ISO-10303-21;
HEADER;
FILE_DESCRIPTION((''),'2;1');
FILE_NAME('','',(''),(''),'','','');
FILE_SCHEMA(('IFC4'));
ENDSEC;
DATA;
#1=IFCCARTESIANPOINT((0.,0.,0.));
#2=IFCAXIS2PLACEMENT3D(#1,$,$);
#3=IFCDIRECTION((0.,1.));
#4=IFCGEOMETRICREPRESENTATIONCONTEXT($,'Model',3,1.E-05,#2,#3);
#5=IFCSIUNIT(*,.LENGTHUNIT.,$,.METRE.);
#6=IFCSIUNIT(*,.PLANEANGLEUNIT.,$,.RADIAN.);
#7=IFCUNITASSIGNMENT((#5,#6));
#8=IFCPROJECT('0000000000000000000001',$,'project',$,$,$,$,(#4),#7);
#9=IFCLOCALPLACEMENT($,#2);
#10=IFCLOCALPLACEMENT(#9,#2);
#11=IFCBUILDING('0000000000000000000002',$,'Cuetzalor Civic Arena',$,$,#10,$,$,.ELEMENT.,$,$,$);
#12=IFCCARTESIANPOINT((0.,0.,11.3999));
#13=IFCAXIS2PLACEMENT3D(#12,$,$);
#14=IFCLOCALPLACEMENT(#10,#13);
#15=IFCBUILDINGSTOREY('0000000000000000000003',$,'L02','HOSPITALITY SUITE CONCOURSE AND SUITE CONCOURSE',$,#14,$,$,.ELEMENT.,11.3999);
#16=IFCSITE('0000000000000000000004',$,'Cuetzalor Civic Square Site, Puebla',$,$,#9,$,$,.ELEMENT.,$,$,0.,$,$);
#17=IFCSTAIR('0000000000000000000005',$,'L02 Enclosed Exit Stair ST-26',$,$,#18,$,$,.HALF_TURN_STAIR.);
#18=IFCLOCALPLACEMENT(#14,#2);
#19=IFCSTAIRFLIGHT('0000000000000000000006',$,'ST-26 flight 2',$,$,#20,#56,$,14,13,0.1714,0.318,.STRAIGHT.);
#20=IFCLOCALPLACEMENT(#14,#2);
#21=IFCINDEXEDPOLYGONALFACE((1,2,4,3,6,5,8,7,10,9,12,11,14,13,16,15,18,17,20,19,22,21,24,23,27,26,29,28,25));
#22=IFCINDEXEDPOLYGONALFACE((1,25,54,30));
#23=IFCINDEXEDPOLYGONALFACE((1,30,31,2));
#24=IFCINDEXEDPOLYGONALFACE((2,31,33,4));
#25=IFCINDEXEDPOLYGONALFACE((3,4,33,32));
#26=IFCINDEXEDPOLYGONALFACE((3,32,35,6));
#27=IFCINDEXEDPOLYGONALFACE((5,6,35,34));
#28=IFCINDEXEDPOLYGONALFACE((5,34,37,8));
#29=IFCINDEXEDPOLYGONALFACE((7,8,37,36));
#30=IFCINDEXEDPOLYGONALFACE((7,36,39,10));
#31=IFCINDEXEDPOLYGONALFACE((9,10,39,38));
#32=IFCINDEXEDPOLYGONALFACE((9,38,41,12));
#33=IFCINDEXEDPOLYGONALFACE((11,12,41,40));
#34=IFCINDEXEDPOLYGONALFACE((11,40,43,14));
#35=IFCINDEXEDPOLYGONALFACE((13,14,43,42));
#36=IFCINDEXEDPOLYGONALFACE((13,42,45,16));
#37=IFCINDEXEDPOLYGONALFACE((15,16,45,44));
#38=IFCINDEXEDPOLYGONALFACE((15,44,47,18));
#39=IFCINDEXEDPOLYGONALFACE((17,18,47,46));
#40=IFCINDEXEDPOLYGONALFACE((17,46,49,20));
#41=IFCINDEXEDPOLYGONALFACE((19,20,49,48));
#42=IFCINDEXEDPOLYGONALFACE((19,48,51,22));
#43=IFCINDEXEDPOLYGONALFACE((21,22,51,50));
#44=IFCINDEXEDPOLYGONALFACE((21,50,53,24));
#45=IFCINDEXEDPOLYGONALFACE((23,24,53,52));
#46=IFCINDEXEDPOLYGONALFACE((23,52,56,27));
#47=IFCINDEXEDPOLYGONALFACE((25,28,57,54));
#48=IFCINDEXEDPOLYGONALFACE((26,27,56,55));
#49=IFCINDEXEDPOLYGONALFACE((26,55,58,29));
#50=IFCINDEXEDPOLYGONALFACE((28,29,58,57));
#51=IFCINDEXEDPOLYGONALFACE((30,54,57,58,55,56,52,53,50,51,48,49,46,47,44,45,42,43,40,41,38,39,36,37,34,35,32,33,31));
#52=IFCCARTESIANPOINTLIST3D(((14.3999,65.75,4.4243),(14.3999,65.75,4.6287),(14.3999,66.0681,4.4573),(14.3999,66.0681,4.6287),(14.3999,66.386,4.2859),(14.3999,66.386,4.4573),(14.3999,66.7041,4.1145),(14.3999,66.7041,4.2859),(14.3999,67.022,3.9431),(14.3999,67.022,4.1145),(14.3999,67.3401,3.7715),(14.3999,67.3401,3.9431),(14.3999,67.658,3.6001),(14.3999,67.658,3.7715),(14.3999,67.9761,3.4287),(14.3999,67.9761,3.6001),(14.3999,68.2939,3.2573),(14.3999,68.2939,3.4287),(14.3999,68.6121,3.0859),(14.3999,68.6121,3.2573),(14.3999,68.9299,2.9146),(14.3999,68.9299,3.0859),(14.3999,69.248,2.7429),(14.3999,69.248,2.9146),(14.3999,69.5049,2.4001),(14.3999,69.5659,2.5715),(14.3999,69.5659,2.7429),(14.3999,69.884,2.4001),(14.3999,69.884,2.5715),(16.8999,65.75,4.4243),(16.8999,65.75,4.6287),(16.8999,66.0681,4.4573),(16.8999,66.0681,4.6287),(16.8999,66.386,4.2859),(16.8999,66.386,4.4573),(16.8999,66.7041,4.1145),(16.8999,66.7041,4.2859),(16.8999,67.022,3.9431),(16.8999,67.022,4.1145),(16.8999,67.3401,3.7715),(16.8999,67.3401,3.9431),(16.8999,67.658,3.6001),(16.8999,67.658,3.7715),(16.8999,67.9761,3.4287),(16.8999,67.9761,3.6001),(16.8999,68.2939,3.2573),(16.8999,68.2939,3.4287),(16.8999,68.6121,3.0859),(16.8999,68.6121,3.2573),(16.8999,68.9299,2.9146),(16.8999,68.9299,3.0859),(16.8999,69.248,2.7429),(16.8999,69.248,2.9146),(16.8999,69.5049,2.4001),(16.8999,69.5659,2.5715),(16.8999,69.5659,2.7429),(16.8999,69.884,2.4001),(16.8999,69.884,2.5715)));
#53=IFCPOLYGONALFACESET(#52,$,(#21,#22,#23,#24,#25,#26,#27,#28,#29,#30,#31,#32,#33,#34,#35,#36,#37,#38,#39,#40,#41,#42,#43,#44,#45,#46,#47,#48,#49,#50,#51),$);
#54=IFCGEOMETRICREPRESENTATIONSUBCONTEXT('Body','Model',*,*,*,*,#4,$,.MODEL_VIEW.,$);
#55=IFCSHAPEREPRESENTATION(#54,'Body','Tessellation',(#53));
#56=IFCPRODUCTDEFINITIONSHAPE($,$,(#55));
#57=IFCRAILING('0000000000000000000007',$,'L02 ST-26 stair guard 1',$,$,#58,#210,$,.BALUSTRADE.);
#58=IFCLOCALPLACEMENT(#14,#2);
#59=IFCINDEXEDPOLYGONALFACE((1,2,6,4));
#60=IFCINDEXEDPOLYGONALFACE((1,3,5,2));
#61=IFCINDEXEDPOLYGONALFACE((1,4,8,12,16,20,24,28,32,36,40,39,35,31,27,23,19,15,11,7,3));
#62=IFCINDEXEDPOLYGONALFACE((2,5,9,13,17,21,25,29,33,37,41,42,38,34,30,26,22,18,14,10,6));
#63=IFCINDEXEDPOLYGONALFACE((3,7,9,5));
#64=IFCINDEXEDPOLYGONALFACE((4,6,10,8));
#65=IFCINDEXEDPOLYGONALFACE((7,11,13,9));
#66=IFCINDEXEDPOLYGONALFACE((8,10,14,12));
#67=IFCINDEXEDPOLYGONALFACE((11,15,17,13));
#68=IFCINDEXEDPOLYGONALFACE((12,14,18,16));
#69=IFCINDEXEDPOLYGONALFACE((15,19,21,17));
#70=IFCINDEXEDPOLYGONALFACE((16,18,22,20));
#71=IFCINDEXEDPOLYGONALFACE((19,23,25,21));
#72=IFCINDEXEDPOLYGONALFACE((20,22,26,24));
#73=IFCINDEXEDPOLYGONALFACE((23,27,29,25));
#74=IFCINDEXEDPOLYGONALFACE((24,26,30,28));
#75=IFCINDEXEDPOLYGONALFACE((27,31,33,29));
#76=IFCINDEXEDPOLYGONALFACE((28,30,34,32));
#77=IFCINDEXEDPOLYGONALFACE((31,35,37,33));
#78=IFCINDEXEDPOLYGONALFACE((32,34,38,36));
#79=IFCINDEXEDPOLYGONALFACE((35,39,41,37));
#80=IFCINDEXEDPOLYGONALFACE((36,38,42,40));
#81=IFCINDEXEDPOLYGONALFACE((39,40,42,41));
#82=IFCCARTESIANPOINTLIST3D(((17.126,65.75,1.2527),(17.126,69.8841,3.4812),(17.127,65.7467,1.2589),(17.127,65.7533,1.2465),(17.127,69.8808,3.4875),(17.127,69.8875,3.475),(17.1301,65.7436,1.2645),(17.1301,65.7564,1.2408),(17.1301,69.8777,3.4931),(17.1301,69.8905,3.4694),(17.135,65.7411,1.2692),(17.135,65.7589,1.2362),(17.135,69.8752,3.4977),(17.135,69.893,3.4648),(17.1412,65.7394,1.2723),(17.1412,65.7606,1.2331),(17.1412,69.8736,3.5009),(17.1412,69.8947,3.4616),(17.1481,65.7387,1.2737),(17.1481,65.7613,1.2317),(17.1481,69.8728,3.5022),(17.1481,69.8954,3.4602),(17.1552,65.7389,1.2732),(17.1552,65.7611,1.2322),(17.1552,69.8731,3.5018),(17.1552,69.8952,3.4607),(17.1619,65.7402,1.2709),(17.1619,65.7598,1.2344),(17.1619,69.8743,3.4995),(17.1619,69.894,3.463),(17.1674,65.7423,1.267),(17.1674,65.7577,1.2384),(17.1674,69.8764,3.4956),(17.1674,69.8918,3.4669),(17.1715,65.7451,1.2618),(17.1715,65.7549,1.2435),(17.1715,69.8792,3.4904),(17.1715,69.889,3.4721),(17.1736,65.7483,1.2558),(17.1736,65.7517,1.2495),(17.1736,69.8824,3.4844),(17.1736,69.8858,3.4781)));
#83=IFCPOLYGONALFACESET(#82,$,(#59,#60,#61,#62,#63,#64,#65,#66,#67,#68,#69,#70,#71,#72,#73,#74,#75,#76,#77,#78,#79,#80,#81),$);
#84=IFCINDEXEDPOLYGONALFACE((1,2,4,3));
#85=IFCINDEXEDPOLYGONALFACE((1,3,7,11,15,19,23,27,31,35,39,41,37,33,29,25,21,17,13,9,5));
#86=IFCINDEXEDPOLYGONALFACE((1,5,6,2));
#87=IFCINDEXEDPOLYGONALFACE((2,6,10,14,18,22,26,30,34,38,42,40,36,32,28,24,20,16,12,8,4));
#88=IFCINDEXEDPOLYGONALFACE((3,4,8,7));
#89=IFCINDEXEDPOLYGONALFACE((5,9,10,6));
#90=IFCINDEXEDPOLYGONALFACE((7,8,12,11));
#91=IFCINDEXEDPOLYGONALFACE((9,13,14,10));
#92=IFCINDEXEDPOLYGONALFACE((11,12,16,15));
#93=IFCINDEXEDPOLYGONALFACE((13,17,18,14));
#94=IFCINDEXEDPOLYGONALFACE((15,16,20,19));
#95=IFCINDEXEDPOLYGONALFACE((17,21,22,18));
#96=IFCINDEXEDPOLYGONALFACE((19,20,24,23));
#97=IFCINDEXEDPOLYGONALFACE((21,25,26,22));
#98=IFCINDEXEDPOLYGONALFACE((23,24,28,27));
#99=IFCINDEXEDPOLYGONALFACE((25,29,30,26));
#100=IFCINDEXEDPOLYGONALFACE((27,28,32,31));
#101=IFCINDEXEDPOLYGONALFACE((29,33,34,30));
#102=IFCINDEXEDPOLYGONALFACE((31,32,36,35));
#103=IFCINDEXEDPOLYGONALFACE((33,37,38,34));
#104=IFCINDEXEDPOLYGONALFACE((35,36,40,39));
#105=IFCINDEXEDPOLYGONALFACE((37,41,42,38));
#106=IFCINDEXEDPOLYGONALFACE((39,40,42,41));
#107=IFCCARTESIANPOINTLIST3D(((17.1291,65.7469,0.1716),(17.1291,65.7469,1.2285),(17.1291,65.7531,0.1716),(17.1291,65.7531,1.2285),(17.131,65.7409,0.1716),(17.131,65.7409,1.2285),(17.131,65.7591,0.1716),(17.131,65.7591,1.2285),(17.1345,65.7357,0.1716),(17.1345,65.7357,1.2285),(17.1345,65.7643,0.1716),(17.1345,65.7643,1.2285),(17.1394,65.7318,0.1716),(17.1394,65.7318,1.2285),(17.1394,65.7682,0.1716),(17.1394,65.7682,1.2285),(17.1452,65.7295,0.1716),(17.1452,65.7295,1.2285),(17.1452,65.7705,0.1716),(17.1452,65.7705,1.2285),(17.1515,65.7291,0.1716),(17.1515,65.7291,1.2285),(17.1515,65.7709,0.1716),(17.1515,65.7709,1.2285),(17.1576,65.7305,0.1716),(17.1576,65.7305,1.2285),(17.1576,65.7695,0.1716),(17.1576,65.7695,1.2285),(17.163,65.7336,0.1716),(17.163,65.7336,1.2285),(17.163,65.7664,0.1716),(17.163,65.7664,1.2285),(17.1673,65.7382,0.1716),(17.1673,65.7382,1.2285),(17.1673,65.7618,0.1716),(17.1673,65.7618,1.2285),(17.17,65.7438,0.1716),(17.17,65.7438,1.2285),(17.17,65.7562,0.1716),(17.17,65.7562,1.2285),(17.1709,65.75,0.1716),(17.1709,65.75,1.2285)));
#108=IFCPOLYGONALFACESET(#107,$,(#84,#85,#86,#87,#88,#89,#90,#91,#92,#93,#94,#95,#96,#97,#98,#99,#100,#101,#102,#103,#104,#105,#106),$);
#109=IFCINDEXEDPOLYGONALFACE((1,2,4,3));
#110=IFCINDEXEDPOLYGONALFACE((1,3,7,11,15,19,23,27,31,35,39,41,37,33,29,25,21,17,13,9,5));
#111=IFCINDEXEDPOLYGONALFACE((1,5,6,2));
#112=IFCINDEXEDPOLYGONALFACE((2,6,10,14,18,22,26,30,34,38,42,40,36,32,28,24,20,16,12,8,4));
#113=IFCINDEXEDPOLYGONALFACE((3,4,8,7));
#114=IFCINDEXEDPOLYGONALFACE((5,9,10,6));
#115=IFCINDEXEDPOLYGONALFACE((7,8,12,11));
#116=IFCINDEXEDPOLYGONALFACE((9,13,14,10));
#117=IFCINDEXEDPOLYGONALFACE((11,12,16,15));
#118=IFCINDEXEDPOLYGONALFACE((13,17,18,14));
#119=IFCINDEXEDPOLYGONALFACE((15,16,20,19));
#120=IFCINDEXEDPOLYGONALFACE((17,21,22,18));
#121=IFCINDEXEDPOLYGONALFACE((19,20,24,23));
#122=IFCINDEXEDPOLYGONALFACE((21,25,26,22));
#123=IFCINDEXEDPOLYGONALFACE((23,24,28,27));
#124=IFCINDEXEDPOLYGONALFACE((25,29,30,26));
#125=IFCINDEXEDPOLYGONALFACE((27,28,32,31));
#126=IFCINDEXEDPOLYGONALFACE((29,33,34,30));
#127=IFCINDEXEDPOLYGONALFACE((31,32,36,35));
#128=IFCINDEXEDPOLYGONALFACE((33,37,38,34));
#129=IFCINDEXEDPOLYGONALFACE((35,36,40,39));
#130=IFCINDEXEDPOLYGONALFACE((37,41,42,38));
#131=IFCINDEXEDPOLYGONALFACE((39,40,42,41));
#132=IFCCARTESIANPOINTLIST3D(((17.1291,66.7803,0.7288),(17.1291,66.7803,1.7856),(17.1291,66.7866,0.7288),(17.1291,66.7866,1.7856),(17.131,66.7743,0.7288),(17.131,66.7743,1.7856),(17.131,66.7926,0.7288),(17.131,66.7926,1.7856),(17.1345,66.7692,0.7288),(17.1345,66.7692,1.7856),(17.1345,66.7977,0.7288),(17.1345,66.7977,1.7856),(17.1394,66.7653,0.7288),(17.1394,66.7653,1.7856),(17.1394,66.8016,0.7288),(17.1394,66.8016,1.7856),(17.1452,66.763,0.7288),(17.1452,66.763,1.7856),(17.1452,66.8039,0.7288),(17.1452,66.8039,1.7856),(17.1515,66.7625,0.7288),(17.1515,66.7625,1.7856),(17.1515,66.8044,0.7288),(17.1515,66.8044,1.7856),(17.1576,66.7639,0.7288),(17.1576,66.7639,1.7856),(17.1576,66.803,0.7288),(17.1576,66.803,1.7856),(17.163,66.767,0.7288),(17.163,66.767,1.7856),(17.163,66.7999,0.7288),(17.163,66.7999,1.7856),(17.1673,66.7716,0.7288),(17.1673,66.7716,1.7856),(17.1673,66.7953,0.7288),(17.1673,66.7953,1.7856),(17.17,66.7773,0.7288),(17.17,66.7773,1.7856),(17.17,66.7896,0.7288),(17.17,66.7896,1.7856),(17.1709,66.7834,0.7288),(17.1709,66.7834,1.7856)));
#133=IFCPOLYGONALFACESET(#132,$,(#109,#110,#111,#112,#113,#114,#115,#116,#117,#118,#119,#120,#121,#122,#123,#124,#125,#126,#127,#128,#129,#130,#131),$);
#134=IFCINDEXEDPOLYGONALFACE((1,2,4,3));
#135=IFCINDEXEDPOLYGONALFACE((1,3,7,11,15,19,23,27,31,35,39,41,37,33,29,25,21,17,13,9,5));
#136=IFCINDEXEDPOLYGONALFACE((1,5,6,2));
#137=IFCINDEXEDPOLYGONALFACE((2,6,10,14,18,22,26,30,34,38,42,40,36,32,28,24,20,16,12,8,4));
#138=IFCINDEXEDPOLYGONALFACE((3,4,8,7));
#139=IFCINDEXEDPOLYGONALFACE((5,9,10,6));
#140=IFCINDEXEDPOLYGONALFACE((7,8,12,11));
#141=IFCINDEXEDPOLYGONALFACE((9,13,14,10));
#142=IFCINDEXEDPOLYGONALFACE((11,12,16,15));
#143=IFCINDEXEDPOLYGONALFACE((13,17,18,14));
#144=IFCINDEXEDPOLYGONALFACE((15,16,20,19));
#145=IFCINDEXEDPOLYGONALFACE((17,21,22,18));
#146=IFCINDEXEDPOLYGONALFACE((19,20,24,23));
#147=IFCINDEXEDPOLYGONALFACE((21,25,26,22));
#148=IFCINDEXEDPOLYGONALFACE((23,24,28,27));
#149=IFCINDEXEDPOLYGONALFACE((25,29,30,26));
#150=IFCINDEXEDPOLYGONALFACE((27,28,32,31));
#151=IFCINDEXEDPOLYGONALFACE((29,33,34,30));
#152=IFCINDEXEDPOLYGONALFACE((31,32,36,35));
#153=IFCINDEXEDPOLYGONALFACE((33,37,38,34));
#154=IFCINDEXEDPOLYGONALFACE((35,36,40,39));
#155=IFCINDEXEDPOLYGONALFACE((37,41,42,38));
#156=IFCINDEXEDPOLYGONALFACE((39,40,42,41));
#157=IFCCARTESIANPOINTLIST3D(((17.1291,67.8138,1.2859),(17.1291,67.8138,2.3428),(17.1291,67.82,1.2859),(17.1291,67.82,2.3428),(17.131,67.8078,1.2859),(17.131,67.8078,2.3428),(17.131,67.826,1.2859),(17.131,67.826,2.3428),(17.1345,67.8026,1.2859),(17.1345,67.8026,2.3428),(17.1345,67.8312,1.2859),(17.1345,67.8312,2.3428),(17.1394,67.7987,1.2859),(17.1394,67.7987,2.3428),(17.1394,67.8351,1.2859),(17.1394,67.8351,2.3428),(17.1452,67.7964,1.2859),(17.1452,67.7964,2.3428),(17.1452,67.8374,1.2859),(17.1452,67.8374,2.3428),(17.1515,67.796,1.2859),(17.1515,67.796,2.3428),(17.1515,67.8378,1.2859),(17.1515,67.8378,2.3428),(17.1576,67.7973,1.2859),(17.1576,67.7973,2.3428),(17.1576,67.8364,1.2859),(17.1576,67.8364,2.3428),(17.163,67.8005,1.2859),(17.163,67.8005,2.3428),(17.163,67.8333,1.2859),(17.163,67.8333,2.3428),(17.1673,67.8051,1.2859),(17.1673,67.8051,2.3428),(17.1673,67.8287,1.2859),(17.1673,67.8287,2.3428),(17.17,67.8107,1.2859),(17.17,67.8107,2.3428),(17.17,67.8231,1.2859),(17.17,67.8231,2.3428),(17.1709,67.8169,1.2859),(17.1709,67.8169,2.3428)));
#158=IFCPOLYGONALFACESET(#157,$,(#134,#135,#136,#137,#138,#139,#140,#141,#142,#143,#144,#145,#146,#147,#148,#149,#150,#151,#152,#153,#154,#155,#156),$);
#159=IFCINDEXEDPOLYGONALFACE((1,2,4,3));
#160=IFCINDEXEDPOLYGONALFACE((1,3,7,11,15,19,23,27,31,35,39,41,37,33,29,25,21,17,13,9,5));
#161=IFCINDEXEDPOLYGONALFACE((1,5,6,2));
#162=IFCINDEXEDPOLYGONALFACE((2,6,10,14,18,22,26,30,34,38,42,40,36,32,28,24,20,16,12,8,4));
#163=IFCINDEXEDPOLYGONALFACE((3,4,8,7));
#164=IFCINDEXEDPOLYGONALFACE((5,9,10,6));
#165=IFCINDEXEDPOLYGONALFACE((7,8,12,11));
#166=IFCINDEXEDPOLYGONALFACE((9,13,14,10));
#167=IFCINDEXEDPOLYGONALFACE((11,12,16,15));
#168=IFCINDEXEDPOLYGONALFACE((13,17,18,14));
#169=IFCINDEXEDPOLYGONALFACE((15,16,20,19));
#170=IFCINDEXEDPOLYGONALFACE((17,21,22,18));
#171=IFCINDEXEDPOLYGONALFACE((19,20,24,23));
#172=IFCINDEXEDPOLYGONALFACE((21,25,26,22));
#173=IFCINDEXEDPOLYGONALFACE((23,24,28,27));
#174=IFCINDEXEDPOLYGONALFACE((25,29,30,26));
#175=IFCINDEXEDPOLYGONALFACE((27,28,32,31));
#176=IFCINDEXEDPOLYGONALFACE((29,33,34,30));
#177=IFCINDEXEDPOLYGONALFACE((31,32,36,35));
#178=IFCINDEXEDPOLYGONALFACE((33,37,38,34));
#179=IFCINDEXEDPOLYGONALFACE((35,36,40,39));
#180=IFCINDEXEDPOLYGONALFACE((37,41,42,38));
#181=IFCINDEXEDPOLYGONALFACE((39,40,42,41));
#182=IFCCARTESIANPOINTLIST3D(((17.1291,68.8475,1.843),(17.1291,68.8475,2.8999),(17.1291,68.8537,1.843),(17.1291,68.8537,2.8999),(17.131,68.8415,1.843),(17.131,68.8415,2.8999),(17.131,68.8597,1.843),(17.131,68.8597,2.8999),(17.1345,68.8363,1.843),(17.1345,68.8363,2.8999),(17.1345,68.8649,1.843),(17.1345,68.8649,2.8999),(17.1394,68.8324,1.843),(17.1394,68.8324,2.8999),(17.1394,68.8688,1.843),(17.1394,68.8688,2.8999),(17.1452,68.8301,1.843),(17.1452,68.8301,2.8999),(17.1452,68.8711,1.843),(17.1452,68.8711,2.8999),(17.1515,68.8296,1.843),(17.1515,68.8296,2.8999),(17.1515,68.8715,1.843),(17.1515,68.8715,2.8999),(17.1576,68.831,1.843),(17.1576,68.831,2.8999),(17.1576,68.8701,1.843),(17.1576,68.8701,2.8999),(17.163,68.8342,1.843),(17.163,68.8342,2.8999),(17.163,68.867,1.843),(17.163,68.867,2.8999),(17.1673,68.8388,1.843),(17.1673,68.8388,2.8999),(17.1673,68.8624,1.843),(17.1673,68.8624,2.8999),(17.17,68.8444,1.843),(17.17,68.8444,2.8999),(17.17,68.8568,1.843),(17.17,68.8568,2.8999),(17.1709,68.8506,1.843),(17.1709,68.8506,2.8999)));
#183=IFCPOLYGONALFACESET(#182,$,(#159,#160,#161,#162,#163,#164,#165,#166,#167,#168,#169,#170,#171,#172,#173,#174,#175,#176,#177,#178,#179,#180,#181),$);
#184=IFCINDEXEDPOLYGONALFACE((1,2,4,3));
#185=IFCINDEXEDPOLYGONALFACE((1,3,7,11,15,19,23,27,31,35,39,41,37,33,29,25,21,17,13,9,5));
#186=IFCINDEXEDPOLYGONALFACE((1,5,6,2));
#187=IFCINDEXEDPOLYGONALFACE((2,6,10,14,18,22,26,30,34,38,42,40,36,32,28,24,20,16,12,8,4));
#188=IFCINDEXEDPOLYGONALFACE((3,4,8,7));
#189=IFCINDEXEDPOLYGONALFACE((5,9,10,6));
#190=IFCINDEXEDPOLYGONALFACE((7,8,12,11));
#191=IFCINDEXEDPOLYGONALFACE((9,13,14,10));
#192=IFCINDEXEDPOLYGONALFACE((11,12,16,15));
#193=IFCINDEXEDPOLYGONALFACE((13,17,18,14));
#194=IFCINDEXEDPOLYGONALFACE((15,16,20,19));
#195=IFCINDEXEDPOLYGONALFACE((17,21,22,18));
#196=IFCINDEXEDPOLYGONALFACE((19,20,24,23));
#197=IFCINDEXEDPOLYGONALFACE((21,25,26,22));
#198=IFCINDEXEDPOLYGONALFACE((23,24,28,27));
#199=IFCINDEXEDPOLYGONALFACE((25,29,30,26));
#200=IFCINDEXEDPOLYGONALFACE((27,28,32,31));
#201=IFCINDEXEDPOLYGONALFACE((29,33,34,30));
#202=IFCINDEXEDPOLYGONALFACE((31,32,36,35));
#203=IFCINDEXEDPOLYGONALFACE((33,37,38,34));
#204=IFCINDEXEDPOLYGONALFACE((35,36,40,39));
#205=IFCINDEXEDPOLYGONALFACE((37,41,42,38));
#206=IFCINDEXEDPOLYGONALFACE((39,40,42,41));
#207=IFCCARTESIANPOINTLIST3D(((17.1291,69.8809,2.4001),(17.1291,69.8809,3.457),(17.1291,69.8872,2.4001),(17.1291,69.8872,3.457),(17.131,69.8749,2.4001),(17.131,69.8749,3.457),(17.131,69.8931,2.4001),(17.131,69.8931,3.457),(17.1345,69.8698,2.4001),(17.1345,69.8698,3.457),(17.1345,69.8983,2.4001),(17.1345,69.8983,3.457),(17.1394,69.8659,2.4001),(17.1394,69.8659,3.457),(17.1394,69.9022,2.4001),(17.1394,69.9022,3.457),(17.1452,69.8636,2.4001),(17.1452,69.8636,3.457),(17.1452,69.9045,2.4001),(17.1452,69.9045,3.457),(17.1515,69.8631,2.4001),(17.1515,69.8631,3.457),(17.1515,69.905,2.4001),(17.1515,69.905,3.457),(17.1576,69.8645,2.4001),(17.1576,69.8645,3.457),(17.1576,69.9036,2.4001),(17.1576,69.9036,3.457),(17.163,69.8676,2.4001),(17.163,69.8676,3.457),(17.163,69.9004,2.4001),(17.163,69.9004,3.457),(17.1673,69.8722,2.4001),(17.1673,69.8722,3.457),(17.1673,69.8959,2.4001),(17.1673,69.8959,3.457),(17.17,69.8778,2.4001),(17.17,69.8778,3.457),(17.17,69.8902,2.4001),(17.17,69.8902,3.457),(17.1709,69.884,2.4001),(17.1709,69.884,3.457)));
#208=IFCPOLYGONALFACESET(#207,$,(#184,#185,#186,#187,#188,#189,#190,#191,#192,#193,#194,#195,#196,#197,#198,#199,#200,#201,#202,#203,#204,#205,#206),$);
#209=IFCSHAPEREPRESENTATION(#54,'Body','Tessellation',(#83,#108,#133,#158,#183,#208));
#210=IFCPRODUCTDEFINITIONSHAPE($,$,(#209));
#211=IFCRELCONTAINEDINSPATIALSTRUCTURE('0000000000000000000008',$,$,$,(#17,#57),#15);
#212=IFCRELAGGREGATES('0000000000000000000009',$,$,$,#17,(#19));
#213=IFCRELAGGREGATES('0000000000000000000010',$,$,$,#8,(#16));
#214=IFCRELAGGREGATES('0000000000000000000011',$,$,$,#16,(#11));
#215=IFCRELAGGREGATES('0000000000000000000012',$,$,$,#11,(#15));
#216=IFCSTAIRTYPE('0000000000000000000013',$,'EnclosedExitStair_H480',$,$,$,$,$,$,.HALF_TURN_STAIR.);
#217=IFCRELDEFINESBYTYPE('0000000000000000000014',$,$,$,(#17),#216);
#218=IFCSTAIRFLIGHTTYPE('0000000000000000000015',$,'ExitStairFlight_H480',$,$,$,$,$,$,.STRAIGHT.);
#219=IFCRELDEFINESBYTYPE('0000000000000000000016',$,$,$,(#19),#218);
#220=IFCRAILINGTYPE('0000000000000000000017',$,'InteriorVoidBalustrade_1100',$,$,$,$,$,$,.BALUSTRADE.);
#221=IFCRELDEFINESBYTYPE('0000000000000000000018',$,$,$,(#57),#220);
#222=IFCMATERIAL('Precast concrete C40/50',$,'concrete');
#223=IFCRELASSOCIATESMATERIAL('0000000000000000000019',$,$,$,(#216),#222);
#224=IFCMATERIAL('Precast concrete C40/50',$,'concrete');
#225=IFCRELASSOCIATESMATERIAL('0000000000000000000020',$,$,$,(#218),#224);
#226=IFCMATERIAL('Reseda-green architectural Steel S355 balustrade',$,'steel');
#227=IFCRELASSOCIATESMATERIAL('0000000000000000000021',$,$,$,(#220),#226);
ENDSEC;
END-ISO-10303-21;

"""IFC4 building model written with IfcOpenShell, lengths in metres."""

from ifc_helpers import new_model, si_unit, direction, frame, origin, origin_2d, place, context, subcontext, project, spatial, polyline, circle, outline, extrude, material, type_object, element, aggregate, save


model = new_model("IFC4")

# Units and contexts
model_context = context("Model", 3, precision=1e-05, world=origin(), true_north=direction((0.0, 1.0)))
body_context = subcontext(model_context, "Body", "Model", "MODEL_VIEW")
ifc_project = project(units=[si_unit("LENGTHUNIT", "METRE"), si_unit("PLANEANGLEUNIT", "RADIAN")], contexts=[model_context])

# Site, building, storey
site_placement = place(None, origin())
site = spatial("IfcSite", under=ifc_project, at=site_placement, Name="Cuetzalor Civic Square Site, Puebla", CompositionType="ELEMENT", RefElevation=0.0)
building_placement = place(site_placement, origin())
building = spatial("IfcBuilding", under=site, at=building_placement, Name="Cuetzalor Civic Arena", CompositionType="ELEMENT")
storey_placement = place(building_placement, frame((0.0, 0.0, 11.3999)))
storey = spatial("IfcBuildingStorey", under=building, at=storey_placement, Name="L02", Description="HOSPITALITY SUITE CONCOURSE AND SUITE CONCOURSE", CompositionType="ELEMENT", Elevation=11.3999)

# Stair, stair flight
ifc_material_1 = material(Name="Precast concrete C40/50", Category="concrete")
stair_type = type_object("IfcStairType", Name="EnclosedExitStair_H480", PredefinedType="HALF_TURN_STAIR", material=ifc_material_1)
stair_placement = place(storey_placement, origin())
stair = element("IfcStair", 1, at=stair_placement, inside=storey, type_object=stair_type, Name="L02 Enclosed Exit Stair ST-26", PredefinedType="HALF_TURN_STAIR")
ifc_material_2 = material(Name="Precast concrete C40/50", Category="concrete")
stair_flight_type = type_object("IfcStairFlightType", Name="ExitStairFlight_H480", PredefinedType="STRAIGHT", material=ifc_material_2)
stair_flight_1_placement = place(storey_placement, frame((15.6499, 69.884, 2.4001), z_axis=(0.0, 0.0, 1.0), x_axis=(0.0, -1.0, 0.0)))
stair_flight_1 = element("IfcStairFlight", 2, at=stair_flight_1_placement, type_object=stair_flight_type, Name="ST-26 flight 2", NumberOfRisers=14, NumberOfTreads=13, PredefinedType="STRAIGHT", RiserHeight=0.1714, TreadLength=0.318, context=body_context, shape_type="SweptSolid", body=[
    extrude(outline(polyline([(0.0, 0.0), (0.0, 0.1714), (0.3181, 0.1714), (0.3181, 0.3428), (0.636, 0.3428), (0.636, 0.5144), (0.9541, 0.5144), (0.9541, 0.6858), (1.272, 0.6858), (1.272, 0.8572), (1.5901, 0.8572), (1.5901, 1.0286), (1.908, 1.0286), (1.908, 1.2), (2.2261, 1.2), (2.2261, 1.3713), (2.5439, 1.3713), (2.5439, 1.543), (2.8621, 1.543), (2.8621, 1.7144), (3.1799, 1.7144), (3.1799, 1.8857), (3.498, 1.8857), (3.498, 2.0571), (3.8159, 2.0571), (3.8159, 2.2285), (4.134, 2.2285), (4.134, 2.3999), (4.134, 2.0242), (0.3792, 0.0), (0.0, 0.0)])), frame((0.0, 1.25, 0.0), z_axis=(0.0, -1.0, 0.0), x_axis=(1.0, 0.0, 0.0)), (0.0, 0.0, 1.0), 2.5),
])
aggregate(stair, [stair_flight_1])

# Railing
ifc_material_3 = material(Name="Reseda-green architectural Steel S355 balustrade", Category="steel")
railing_type_1 = type_object("IfcRailingType", Name="InteriorVoidBalustrade_1100", PredefinedType="BALUSTRADE", material=ifc_material_3)
railing_1_placement = place(storey_placement, frame((17.1499, 65.75, 0.1716)))
element("IfcRailing", 3, at=railing_1_placement, inside=storey, type_object=railing_type_1, Name="L02 ST-26 stair guard 1", PredefinedType="BALUSTRADE", context=body_context, shape_type="SweptSolid", body=[
    extrude(circle(Radius=0.0239, at=origin_2d()), frame((0.0, 0.0, 1.0811), z_axis=(0.0, 0.880249, 0.474512), x_axis=(-1.0, 0.0, 0.0)), (0.0, 0.0, 1.0), 4.6965),
    extrude(circle(Radius=0.021, at=origin_2d()), origin(), (0.0, 0.0, 1.0), 1.0569),
    extrude(circle(Radius=0.021, at=origin_2d()), frame((0.0, 1.0334, 0.5571)), (0.0, 0.0, 1.0), 1.0569),
    extrude(circle(Radius=0.021, at=origin_2d()), frame((0.0, 2.0669, 1.1143)), (0.0, 0.0, 1.0), 1.0569),
    extrude(circle(Radius=0.021, at=origin_2d()), frame((0.0, 3.1006, 1.6714)), (0.0, 0.0, 1.0), 1.0569),
    extrude(circle(Radius=0.021, at=origin_2d()), frame((0.0, 4.134, 2.2285)), (0.0, 0.0, 1.0), 1.0569),
])

save(model, "model.ifc")
